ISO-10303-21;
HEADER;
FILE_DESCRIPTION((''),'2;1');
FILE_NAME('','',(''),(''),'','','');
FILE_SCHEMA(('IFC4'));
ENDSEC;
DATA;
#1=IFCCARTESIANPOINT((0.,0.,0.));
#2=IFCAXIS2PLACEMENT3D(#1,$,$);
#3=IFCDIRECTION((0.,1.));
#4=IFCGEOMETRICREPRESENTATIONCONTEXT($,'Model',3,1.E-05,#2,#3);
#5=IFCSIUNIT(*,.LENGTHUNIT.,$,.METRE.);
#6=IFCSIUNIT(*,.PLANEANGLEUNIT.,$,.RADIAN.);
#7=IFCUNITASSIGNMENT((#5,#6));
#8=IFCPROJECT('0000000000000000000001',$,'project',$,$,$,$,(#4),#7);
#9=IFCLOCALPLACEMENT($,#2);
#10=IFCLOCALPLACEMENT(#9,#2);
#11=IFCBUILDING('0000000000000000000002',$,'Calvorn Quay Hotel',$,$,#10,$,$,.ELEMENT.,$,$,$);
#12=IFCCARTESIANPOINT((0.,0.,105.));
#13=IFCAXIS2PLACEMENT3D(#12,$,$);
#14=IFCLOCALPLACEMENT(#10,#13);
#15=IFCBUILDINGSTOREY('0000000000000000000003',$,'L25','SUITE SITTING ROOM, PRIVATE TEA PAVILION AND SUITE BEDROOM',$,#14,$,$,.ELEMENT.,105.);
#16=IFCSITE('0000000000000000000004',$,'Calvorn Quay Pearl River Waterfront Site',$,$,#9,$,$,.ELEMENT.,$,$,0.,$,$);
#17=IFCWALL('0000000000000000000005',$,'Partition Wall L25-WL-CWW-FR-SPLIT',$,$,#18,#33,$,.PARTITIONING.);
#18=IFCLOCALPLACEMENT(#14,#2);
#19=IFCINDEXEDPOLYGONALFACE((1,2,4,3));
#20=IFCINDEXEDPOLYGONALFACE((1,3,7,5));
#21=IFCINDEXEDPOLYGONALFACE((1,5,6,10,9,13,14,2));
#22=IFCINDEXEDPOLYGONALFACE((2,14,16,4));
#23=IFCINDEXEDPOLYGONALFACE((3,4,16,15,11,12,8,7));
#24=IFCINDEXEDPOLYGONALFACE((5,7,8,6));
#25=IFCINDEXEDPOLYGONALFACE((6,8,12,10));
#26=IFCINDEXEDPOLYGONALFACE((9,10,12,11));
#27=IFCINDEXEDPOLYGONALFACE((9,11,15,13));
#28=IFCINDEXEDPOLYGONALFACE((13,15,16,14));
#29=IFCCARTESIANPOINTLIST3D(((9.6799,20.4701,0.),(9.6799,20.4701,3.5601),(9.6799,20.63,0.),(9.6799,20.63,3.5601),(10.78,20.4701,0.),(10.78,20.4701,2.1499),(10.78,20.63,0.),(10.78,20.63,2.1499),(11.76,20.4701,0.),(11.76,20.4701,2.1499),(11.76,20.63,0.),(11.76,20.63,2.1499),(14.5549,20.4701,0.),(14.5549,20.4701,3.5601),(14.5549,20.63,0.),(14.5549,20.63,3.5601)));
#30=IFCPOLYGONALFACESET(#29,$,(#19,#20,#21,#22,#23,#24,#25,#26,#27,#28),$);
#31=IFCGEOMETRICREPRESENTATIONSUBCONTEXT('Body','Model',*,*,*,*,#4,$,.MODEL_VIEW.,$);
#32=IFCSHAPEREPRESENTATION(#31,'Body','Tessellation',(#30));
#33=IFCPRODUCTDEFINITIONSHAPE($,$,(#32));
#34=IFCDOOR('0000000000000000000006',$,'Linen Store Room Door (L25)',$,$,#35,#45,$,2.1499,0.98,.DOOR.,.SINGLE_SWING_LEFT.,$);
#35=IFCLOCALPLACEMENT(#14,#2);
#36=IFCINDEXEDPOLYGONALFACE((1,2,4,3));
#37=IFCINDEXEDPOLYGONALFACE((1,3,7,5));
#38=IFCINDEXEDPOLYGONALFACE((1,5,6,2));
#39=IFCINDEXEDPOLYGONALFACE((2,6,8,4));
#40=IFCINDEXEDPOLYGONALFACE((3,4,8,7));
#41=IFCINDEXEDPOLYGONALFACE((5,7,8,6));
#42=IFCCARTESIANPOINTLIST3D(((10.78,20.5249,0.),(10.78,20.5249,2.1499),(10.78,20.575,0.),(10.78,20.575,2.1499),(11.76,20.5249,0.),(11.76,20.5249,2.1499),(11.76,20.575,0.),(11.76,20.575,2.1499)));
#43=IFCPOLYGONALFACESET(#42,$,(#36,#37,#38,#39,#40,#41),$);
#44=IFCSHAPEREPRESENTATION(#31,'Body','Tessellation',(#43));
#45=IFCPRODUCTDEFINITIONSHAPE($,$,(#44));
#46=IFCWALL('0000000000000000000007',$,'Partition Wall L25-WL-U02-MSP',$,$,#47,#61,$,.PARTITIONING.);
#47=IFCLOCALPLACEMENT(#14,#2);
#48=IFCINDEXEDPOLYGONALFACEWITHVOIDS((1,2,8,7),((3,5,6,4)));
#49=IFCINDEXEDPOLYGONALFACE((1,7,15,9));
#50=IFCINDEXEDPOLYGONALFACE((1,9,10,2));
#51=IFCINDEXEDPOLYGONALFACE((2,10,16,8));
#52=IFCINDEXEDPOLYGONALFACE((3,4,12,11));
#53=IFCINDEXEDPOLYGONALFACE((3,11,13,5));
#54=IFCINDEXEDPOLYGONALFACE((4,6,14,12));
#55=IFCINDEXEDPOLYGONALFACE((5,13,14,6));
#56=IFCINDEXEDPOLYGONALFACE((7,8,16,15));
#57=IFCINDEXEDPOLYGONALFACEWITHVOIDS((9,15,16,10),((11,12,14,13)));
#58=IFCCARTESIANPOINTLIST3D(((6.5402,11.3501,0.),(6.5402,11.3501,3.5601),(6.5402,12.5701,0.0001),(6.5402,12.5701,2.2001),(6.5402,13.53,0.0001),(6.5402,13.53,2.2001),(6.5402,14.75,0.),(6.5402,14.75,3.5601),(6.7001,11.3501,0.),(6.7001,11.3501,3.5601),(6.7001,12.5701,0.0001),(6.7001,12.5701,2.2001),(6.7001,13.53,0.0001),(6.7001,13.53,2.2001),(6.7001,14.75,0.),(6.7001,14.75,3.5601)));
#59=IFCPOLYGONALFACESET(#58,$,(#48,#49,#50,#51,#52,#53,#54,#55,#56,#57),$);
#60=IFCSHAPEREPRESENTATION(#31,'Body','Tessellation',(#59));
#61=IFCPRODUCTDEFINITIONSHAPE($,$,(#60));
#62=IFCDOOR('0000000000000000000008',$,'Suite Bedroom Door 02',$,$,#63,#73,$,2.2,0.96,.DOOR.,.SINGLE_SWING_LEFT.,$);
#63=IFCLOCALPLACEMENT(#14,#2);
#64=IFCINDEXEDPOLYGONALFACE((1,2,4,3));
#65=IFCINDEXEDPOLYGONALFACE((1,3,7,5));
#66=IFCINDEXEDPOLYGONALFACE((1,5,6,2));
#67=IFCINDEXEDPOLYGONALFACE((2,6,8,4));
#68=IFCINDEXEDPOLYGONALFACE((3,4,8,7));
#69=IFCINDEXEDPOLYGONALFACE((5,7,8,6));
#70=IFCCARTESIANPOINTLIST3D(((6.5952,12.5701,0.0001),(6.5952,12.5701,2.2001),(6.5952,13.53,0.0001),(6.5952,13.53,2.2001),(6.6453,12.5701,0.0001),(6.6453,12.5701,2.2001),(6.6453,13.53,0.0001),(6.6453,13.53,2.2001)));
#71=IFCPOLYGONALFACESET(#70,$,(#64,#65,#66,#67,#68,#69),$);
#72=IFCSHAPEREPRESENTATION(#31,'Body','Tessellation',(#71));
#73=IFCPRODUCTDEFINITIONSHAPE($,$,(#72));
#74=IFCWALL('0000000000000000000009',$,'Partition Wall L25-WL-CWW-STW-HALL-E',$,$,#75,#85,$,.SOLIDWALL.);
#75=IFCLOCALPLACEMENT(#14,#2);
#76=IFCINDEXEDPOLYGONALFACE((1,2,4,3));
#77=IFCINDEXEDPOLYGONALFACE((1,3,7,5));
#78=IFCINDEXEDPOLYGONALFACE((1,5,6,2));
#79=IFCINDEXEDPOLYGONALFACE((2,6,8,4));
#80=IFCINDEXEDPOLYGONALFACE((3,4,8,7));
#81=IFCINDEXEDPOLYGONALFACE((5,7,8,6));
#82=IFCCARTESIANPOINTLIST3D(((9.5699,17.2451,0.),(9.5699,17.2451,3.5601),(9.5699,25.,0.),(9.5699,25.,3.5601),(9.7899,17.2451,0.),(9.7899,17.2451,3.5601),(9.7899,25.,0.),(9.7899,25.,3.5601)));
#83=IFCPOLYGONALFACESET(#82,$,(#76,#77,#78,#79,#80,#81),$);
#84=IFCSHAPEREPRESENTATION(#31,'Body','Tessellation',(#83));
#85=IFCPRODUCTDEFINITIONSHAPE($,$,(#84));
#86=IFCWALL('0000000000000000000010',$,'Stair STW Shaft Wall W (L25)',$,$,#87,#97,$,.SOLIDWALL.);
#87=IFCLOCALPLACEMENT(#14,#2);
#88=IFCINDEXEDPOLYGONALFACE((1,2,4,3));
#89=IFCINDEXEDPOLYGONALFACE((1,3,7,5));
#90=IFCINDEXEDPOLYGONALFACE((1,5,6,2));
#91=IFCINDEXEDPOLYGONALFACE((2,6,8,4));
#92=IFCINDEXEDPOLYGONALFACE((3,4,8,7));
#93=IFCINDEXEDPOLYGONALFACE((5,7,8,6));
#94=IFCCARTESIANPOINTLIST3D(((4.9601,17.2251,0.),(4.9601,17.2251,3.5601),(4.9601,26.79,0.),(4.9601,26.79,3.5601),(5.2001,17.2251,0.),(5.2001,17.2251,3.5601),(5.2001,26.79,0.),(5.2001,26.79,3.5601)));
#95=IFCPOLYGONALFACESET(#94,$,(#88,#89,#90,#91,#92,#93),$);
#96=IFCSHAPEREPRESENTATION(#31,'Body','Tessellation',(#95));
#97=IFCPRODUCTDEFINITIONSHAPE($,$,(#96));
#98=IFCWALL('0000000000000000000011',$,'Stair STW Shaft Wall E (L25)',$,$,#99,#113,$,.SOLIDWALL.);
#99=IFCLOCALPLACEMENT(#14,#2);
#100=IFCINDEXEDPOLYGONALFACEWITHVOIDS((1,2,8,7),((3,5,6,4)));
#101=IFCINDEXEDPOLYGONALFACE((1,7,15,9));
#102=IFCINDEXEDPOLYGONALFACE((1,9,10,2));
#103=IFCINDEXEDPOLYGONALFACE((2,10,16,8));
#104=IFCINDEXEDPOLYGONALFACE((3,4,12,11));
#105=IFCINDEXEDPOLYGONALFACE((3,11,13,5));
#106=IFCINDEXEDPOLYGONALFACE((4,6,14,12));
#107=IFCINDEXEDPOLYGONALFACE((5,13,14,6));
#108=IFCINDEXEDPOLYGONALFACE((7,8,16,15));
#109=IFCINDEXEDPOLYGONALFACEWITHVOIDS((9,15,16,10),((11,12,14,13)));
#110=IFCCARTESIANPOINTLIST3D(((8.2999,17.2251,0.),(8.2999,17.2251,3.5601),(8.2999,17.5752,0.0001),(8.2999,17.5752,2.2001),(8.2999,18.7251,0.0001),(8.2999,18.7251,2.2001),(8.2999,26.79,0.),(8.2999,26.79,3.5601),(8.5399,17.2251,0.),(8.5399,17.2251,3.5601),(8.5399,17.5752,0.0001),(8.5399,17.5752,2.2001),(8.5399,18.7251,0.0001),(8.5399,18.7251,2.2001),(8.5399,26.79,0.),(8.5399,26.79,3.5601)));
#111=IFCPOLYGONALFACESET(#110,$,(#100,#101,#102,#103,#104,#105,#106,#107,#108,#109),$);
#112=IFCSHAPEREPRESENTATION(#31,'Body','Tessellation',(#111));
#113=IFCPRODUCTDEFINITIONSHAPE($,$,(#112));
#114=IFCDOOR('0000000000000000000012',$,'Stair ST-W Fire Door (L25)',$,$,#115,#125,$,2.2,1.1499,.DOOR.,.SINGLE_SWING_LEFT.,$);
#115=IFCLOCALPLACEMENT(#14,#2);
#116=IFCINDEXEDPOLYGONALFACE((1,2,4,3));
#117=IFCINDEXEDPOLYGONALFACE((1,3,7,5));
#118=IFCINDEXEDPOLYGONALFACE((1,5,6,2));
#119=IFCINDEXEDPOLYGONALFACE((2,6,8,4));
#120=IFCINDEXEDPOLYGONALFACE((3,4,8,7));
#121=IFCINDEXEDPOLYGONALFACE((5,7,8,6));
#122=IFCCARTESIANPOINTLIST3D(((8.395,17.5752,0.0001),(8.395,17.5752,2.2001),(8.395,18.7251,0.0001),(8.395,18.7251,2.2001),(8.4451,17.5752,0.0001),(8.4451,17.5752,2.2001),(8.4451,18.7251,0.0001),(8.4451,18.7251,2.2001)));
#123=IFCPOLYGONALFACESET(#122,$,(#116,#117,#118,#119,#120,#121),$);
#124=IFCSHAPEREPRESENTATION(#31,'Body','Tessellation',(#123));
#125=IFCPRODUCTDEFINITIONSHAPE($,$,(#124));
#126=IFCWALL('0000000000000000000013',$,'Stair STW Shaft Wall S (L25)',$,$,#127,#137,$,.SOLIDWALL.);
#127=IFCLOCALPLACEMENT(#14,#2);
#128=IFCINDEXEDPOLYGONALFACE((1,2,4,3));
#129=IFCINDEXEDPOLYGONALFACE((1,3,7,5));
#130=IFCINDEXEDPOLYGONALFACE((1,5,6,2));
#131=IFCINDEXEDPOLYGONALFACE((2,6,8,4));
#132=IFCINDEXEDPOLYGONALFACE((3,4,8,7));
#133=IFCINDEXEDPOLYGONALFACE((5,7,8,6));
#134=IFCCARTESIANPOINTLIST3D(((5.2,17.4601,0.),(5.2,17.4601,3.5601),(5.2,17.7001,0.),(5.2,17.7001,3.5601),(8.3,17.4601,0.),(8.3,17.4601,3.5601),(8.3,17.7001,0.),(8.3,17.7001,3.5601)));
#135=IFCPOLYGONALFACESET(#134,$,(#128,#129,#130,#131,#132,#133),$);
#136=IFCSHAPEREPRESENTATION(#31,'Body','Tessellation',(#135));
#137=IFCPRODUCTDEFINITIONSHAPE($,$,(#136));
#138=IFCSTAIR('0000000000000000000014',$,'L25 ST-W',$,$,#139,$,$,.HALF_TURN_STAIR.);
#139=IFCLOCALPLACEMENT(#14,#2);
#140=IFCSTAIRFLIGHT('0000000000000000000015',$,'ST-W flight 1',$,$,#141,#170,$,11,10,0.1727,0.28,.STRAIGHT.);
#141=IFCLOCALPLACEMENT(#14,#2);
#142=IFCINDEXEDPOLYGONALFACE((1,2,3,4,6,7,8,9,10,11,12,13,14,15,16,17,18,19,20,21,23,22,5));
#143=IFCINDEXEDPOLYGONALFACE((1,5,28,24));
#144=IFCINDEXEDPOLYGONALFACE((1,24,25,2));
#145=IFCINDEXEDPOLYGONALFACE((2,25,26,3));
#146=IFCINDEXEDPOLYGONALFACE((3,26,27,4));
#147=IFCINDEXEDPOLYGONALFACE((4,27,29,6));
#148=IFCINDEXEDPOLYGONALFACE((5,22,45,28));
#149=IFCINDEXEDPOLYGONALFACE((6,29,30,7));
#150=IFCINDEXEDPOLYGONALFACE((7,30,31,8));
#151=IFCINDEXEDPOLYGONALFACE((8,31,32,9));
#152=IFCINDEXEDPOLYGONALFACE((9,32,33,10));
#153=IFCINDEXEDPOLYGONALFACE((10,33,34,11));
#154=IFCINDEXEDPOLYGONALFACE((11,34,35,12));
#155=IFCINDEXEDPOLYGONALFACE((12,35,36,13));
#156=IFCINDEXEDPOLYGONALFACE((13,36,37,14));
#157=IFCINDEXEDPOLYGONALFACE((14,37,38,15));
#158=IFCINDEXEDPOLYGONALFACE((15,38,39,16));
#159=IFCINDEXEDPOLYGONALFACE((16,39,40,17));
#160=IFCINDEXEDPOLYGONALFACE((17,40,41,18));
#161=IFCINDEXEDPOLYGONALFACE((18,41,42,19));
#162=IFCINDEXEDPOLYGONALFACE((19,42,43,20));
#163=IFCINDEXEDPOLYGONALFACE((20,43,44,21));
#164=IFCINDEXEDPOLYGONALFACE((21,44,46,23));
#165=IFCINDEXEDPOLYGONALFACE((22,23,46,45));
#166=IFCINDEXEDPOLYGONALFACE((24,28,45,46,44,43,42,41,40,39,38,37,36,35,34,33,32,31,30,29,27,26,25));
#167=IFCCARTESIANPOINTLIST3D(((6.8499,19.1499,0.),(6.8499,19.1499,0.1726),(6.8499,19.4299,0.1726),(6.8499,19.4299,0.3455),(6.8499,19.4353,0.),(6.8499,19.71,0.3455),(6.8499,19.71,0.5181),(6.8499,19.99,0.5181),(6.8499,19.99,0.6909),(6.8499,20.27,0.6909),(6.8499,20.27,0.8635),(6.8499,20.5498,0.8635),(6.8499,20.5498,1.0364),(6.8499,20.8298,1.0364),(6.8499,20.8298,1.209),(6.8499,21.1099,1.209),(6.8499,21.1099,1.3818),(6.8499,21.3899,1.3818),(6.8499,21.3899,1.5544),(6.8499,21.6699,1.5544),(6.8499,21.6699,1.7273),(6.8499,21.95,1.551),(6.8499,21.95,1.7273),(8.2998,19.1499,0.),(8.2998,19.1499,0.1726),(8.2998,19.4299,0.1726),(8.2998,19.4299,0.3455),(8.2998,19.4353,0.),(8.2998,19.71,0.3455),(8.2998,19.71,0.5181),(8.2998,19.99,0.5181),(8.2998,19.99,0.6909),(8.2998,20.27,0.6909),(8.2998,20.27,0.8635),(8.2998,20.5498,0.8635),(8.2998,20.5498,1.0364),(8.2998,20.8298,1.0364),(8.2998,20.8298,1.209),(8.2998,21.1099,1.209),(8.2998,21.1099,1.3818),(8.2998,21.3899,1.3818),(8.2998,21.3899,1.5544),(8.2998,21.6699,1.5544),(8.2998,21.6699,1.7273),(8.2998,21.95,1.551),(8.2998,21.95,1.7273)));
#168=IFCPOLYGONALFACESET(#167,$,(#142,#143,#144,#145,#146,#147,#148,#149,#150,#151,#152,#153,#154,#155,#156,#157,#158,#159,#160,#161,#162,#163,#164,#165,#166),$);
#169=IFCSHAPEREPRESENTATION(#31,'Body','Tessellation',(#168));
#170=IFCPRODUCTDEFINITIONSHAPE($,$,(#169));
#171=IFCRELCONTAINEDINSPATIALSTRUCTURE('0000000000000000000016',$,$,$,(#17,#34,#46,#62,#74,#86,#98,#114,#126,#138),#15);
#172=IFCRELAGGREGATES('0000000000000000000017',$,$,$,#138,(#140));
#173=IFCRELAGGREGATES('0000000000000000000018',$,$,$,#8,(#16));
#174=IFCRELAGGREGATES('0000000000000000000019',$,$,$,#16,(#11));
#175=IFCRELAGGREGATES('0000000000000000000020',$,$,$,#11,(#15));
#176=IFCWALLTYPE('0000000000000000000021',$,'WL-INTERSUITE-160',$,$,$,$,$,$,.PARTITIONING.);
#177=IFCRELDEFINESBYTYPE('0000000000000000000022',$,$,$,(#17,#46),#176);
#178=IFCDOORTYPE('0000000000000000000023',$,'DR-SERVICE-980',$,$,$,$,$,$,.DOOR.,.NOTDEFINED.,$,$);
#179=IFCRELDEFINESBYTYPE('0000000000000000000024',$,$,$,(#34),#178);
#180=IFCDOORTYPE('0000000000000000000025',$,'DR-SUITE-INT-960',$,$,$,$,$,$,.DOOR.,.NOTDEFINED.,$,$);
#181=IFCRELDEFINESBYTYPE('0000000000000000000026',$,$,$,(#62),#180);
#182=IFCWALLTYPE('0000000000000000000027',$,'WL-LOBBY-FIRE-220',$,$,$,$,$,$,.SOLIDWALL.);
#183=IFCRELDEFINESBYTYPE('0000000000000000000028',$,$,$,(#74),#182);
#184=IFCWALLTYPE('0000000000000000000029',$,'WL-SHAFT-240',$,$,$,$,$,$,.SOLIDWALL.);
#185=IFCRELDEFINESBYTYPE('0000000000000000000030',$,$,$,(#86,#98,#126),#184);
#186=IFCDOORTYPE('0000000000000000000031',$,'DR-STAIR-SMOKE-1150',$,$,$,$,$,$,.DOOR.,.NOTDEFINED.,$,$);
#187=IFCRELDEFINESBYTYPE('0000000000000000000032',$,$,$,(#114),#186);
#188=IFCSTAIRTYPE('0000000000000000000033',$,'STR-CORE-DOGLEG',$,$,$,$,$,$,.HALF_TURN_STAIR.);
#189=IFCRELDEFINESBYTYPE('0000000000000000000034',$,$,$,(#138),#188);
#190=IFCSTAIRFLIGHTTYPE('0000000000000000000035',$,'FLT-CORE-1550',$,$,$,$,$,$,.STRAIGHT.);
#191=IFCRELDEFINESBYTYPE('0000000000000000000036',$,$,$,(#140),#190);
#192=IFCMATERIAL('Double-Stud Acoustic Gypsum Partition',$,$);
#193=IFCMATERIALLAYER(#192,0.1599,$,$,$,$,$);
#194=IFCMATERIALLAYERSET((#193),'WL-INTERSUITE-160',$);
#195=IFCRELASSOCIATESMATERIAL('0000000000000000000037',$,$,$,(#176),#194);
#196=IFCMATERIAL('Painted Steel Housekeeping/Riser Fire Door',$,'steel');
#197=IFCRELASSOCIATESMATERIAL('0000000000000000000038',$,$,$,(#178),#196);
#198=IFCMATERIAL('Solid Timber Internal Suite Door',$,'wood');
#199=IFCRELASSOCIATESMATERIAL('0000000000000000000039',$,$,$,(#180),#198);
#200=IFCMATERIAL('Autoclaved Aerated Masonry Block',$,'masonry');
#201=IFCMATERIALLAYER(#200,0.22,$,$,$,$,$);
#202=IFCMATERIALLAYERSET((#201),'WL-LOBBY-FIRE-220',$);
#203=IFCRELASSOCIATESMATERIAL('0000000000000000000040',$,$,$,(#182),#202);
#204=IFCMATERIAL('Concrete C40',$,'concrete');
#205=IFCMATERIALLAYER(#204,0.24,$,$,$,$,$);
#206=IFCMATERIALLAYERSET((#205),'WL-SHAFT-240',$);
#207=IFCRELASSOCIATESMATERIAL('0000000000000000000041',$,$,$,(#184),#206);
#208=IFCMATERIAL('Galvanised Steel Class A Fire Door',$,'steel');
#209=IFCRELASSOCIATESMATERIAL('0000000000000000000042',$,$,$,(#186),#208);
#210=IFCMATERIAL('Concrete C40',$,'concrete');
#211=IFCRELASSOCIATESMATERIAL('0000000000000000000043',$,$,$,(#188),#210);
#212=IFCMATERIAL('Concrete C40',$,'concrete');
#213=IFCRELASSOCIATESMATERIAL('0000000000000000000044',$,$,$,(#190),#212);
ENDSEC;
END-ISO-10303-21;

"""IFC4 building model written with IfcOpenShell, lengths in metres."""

from ifc_helpers import new_model, si_unit, direction, frame, frame_2d, origin, place, context, subcontext, project, spatial, polyline, rectangle, outline, extrude, material, layer, layer_set, type_object, element, fill, aggregate, save


model = new_model("IFC4")

# Units and contexts
model_context = context("Model", 3, precision=1e-05, world=origin(), true_north=direction((0.0, 1.0)))
body_context = subcontext(model_context, "Body", "Model", "MODEL_VIEW")
ifc_project = project(units=[si_unit("LENGTHUNIT", "METRE"), si_unit("PLANEANGLEUNIT", "RADIAN")], contexts=[model_context])

# Site, building, storey
site_placement = place(None, origin())
site = spatial("IfcSite", under=ifc_project, at=site_placement, Name="Calvorn Quay Pearl River Waterfront Site", CompositionType="ELEMENT", RefElevation=0.0)
building_placement = place(site_placement, origin())
building = spatial("IfcBuilding", under=site, at=building_placement, Name="Calvorn Quay Hotel", CompositionType="ELEMENT")
storey_placement = place(building_placement, frame((0.0, 0.0, 105.0)))
storey = spatial("IfcBuildingStorey", under=building, at=storey_placement, Name="L25", Description="SUITE SITTING ROOM, PRIVATE TEA PAVILION AND SUITE BEDROOM", CompositionType="ELEMENT", Elevation=105.0)

# Walls, openings, doors
ifc_material_1 = material(Name="Double-Stud Acoustic Gypsum Partition")
ifc_layer_1 = layer(ifc_material_1, 0.1599)
ifc_layer_set_1 = layer_set([ifc_layer_1], Name="WL-INTERSUITE-160")
wall_type_1 = type_object("IfcWallType", Name="WL-INTERSUITE-160", PredefinedType="PARTITIONING", material=ifc_layer_set_1)
wall_1_placement = place(storey_placement, frame((9.6799, 20.55, 0.0), z_axis=(0.0, 0.0, 1.0), x_axis=(1.0, 0.0, 0.0)))
wall_1 = element("IfcWall", 1, at=wall_1_placement, inside=storey, type_object=wall_type_1, Name="Partition Wall L25-WL-CWW-FR-SPLIT", PredefinedType="PARTITIONING", context=body_context, shape_type="SweptSolid", body=[
    extrude(rectangle(XDim=4.875, YDim=0.1599, at=frame_2d((2.4375, 0.0))), origin(), (0.0, 0.0, 1.0), 3.5601),
])
opening_1_placement = place(wall_1_placement, frame((1.1001, 0.0, 0.0)))
opening_1 = element("IfcOpeningElement", 2, at=opening_1_placement, cuts=wall_1, PredefinedType="OPENING", context=body_context, shape_type="SweptSolid", body=[
    extrude(rectangle(XDim=0.98, YDim=2.1499, at=frame_2d((0.49, 1.075))), frame((0.0, 0.0898, 0.0), z_axis=(0.0, -1.0, 0.0), x_axis=(1.0, 0.0, 0.0)), (0.0, 0.0, 1.0), 0.1799),
])
ifc_material_2 = material(Name="Painted Steel Housekeeping/Riser Fire Door", Category="steel")
door_type_1 = type_object("IfcDoorType", Name="DR-SERVICE-980", OperationType="NOTDEFINED", PredefinedType="DOOR", material=ifc_material_2)
door_1_placement = place(opening_1_placement, origin())
door_1 = element("IfcDoor", 3, at=door_1_placement, inside=storey, type_object=door_type_1, Name="Linen Store Room Door (L25)", OperationType="SINGLE_SWING_LEFT", OverallHeight=2.1499, OverallWidth=0.98, PredefinedType="DOOR", context=body_context, shape_type="SweptSolid", body=[
    extrude(rectangle(XDim=0.98, YDim=2.1499, at=frame_2d((0.49, 1.075))), frame((0.0, 0.0249, 0.0), z_axis=(0.0, -1.0, 0.0), x_axis=(1.0, 0.0, 0.0)), (0.0, 0.0, 1.0), 0.05),
])
fill(opening_1, door_1)
wall_2_placement = place(storey_placement, frame((6.6201, 11.3501, 0.0), z_axis=(0.0, 0.0, 1.0), x_axis=(0.0, 1.0, 0.0)))
wall_2 = element("IfcWall", 4, at=wall_2_placement, inside=storey, type_object=wall_type_1, Name="Partition Wall L25-WL-U02-MSP", PredefinedType="PARTITIONING", context=body_context, shape_type="SweptSolid", body=[
    extrude(rectangle(XDim=3.3999, YDim=0.1599, at=frame_2d((1.7, 0.0))), origin(), (0.0, 0.0, 1.0), 3.5601),
])
opening_2_placement = place(wall_2_placement, frame((1.22, 0.0, 0.0)))
opening_2 = element("IfcOpeningElement", 5, at=opening_2_placement, cuts=wall_2, PredefinedType="OPENING", context=body_context, shape_type="SweptSolid", body=[
    extrude(rectangle(XDim=0.96, YDim=2.2, at=frame_2d((0.48, 1.1001))), frame((0.0, 0.0898, 0.0), z_axis=(0.0, -1.0, 0.0), x_axis=(1.0, 0.0, 0.0)), (0.0, 0.0, 1.0), 0.1799),
])
ifc_material_3 = material(Name="Solid Timber Internal Suite Door", Category="wood")
door_type_2 = type_object("IfcDoorType", Name="DR-SUITE-INT-960", OperationType="NOTDEFINED", PredefinedType="DOOR", material=ifc_material_3)
door_2_placement = place(opening_2_placement, origin())
door_2 = element("IfcDoor", 6, at=door_2_placement, inside=storey, type_object=door_type_2, Name="Suite Bedroom Door 02", OperationType="SINGLE_SWING_LEFT", OverallHeight=2.2, OverallWidth=0.96, PredefinedType="DOOR", context=body_context, shape_type="SweptSolid", body=[
    extrude(rectangle(XDim=0.96, YDim=2.2, at=frame_2d((0.48, 1.1001))), frame((0.0, 0.0249, 0.0), z_axis=(0.0, -1.0, 0.0), x_axis=(1.0, 0.0, 0.0)), (0.0, 0.0, 1.0), 0.05),
])
fill(opening_2, door_2)

# Walls
ifc_material_4 = material(Name="Autoclaved Aerated Masonry Block", Category="masonry")
ifc_layer_2 = layer(ifc_material_4, 0.22)
ifc_layer_set_2 = layer_set([ifc_layer_2], Name="WL-LOBBY-FIRE-220")
wall_type_2 = type_object("IfcWallType", Name="WL-LOBBY-FIRE-220", PredefinedType="SOLIDWALL", material=ifc_layer_set_2)
wall_3_placement = place(storey_placement, frame((9.6799, 17.2451, 0.0), z_axis=(0.0, 0.0, 1.0), x_axis=(0.0, 1.0, 0.0)))
element("IfcWall", 7, at=wall_3_placement, inside=storey, type_object=wall_type_2, Name="Partition Wall L25-WL-CWW-STW-HALL-E", PredefinedType="SOLIDWALL", context=body_context, shape_type="SweptSolid", body=[
    extrude(rectangle(XDim=7.7549, YDim=0.22, at=frame_2d((3.8774, 0.0))), origin(), (0.0, 0.0, 1.0), 3.5601),
])
ifc_material_5 = material(Name="Concrete C40", Category="concrete")
ifc_layer_3 = layer(ifc_material_5, 0.24)
ifc_layer_set_3 = layer_set([ifc_layer_3], Name="WL-SHAFT-240")
wall_type_3 = type_object("IfcWallType", Name="WL-SHAFT-240", PredefinedType="SOLIDWALL", material=ifc_layer_set_3)
wall_4_placement = place(storey_placement, frame((5.0801, 17.2251, 0.0), z_axis=(0.0, 0.0, 1.0), x_axis=(0.0, 1.0, 0.0)))
element("IfcWall", 8, at=wall_4_placement, inside=storey, type_object=wall_type_3, Name="Stair STW Shaft Wall W (L25)", PredefinedType="SOLIDWALL", context=body_context, shape_type="SweptSolid", body=[
    extrude(rectangle(XDim=9.5649, YDim=0.24, at=frame_2d((4.7825, 0.0))), origin(), (0.0, 0.0, 1.0), 3.5601),
])

# Wall, opening, door
wall_5_placement = place(storey_placement, frame((8.4199, 17.2251, 0.0), z_axis=(0.0, 0.0, 1.0), x_axis=(0.0, 1.0, 0.0)))
wall_5 = element("IfcWall", 9, at=wall_5_placement, inside=storey, type_object=wall_type_3, Name="Stair STW Shaft Wall E (L25)", PredefinedType="SOLIDWALL", context=body_context, shape_type="SweptSolid", body=[
    extrude(rectangle(XDim=9.5649, YDim=0.24, at=frame_2d((4.7825, 0.0))), origin(), (0.0, 0.0, 1.0), 3.5601),
])
opening_3_placement = place(wall_5_placement, frame((0.3501, 0.0, 0.0)))
opening_3 = element("IfcOpeningElement", 10, at=opening_3_placement, cuts=wall_5, PredefinedType="OPENING", context=body_context, shape_type="SweptSolid", body=[
    extrude(rectangle(XDim=1.1499, YDim=2.2, at=frame_2d((0.575, 1.1001))), frame((0.0, 0.1299, 0.0), z_axis=(0.0, -1.0, 0.0), x_axis=(1.0, 0.0, 0.0)), (0.0, 0.0, 1.0), 0.26),
])
ifc_material_6 = material(Name="Galvanised Steel Class A Fire Door", Category="steel")
door_type_3 = type_object("IfcDoorType", Name="DR-STAIR-SMOKE-1150", OperationType="NOTDEFINED", PredefinedType="DOOR", material=ifc_material_6)
door_3_placement = place(opening_3_placement, origin())
door_3 = element("IfcDoor", 11, at=door_3_placement, inside=storey, type_object=door_type_3, Name="Stair ST-W Fire Door (L25)", OperationType="SINGLE_SWING_LEFT", OverallHeight=2.2, OverallWidth=1.1499, PredefinedType="DOOR", context=body_context, shape_type="SweptSolid", body=[
    extrude(rectangle(XDim=1.1499, YDim=2.2, at=frame_2d((0.575, 1.1001))), frame((0.0, 0.0249, 0.0), z_axis=(0.0, -1.0, 0.0), x_axis=(1.0, 0.0, 0.0)), (0.0, 0.0, 1.0), 0.05),
])
fill(opening_3, door_3)

# Wall
wall_6_placement = place(storey_placement, frame((5.2, 17.5801, 0.0), z_axis=(0.0, 0.0, 1.0), x_axis=(1.0, 0.0, 0.0)))
element("IfcWall", 12, at=wall_6_placement, inside=storey, type_object=wall_type_3, Name="Stair STW Shaft Wall S (L25)", PredefinedType="SOLIDWALL", context=body_context, shape_type="SweptSolid", body=[
    extrude(rectangle(XDim=3.1001, YDim=0.24, at=frame_2d((1.55, 0.0))), origin(), (0.0, 0.0, 1.0), 3.5601),
])

# Stair, stair flight
ifc_material_7 = material(Name="Concrete C40", Category="concrete")
stair_type = type_object("IfcStairType", Name="STR-CORE-DOGLEG", PredefinedType="HALF_TURN_STAIR", material=ifc_material_7)
stair_placement = place(storey_placement, origin())
stair = element("IfcStair", 13, at=stair_placement, inside=storey, type_object=stair_type, Name="L25 ST-W", PredefinedType="HALF_TURN_STAIR")
ifc_material_8 = material(Name="Concrete C40", Category="concrete")
stair_flight_type = type_object("IfcStairFlightType", Name="FLT-CORE-1550", PredefinedType="STRAIGHT", material=ifc_material_8)
stair_flight_1_placement = place(storey_placement, frame((7.575, 19.1499, 0.0), z_axis=(0.0, 0.0, 1.0), x_axis=(0.0, 1.0, 0.0)))
stair_flight_1 = element("IfcStairFlight", 14, at=stair_flight_1_placement, type_object=stair_flight_type, Name="ST-W flight 1", NumberOfRisers=11, NumberOfTreads=10, PredefinedType="STRAIGHT", RiserHeight=0.1727, TreadLength=0.28, context=body_context, shape_type="SweptSolid", body=[
    extrude(outline(polyline([(0.0, 0.0), (0.0, 0.1726), (0.28, 0.1726), (0.28, 0.3455), (0.5601, 0.3455), (0.5601, 0.5181), (0.8401, 0.5181), (0.8401, 0.6909), (1.1201, 0.6909), (1.1201, 0.8635), (1.3999, 0.8635), (1.3999, 1.0364), (1.6799, 1.0364), (1.6799, 1.209), (1.96, 1.209), (1.96, 1.3818), (2.24, 1.3818), (2.24, 1.5544), (2.52, 1.5544), (2.52, 1.7273), (2.8, 1.7273), (2.8, 1.8999), (2.8, 1.551), (0.2854, 0.0), (0.0, 0.0)])), frame((0.0, 0.7251, 0.0), z_axis=(0.0, -1.0, 0.0), x_axis=(1.0, 0.0, 0.0)), (0.0, 0.0, 1.0), 1.45),
])
aggregate(stair, [stair_flight_1])

save(model, "model.ifc")
